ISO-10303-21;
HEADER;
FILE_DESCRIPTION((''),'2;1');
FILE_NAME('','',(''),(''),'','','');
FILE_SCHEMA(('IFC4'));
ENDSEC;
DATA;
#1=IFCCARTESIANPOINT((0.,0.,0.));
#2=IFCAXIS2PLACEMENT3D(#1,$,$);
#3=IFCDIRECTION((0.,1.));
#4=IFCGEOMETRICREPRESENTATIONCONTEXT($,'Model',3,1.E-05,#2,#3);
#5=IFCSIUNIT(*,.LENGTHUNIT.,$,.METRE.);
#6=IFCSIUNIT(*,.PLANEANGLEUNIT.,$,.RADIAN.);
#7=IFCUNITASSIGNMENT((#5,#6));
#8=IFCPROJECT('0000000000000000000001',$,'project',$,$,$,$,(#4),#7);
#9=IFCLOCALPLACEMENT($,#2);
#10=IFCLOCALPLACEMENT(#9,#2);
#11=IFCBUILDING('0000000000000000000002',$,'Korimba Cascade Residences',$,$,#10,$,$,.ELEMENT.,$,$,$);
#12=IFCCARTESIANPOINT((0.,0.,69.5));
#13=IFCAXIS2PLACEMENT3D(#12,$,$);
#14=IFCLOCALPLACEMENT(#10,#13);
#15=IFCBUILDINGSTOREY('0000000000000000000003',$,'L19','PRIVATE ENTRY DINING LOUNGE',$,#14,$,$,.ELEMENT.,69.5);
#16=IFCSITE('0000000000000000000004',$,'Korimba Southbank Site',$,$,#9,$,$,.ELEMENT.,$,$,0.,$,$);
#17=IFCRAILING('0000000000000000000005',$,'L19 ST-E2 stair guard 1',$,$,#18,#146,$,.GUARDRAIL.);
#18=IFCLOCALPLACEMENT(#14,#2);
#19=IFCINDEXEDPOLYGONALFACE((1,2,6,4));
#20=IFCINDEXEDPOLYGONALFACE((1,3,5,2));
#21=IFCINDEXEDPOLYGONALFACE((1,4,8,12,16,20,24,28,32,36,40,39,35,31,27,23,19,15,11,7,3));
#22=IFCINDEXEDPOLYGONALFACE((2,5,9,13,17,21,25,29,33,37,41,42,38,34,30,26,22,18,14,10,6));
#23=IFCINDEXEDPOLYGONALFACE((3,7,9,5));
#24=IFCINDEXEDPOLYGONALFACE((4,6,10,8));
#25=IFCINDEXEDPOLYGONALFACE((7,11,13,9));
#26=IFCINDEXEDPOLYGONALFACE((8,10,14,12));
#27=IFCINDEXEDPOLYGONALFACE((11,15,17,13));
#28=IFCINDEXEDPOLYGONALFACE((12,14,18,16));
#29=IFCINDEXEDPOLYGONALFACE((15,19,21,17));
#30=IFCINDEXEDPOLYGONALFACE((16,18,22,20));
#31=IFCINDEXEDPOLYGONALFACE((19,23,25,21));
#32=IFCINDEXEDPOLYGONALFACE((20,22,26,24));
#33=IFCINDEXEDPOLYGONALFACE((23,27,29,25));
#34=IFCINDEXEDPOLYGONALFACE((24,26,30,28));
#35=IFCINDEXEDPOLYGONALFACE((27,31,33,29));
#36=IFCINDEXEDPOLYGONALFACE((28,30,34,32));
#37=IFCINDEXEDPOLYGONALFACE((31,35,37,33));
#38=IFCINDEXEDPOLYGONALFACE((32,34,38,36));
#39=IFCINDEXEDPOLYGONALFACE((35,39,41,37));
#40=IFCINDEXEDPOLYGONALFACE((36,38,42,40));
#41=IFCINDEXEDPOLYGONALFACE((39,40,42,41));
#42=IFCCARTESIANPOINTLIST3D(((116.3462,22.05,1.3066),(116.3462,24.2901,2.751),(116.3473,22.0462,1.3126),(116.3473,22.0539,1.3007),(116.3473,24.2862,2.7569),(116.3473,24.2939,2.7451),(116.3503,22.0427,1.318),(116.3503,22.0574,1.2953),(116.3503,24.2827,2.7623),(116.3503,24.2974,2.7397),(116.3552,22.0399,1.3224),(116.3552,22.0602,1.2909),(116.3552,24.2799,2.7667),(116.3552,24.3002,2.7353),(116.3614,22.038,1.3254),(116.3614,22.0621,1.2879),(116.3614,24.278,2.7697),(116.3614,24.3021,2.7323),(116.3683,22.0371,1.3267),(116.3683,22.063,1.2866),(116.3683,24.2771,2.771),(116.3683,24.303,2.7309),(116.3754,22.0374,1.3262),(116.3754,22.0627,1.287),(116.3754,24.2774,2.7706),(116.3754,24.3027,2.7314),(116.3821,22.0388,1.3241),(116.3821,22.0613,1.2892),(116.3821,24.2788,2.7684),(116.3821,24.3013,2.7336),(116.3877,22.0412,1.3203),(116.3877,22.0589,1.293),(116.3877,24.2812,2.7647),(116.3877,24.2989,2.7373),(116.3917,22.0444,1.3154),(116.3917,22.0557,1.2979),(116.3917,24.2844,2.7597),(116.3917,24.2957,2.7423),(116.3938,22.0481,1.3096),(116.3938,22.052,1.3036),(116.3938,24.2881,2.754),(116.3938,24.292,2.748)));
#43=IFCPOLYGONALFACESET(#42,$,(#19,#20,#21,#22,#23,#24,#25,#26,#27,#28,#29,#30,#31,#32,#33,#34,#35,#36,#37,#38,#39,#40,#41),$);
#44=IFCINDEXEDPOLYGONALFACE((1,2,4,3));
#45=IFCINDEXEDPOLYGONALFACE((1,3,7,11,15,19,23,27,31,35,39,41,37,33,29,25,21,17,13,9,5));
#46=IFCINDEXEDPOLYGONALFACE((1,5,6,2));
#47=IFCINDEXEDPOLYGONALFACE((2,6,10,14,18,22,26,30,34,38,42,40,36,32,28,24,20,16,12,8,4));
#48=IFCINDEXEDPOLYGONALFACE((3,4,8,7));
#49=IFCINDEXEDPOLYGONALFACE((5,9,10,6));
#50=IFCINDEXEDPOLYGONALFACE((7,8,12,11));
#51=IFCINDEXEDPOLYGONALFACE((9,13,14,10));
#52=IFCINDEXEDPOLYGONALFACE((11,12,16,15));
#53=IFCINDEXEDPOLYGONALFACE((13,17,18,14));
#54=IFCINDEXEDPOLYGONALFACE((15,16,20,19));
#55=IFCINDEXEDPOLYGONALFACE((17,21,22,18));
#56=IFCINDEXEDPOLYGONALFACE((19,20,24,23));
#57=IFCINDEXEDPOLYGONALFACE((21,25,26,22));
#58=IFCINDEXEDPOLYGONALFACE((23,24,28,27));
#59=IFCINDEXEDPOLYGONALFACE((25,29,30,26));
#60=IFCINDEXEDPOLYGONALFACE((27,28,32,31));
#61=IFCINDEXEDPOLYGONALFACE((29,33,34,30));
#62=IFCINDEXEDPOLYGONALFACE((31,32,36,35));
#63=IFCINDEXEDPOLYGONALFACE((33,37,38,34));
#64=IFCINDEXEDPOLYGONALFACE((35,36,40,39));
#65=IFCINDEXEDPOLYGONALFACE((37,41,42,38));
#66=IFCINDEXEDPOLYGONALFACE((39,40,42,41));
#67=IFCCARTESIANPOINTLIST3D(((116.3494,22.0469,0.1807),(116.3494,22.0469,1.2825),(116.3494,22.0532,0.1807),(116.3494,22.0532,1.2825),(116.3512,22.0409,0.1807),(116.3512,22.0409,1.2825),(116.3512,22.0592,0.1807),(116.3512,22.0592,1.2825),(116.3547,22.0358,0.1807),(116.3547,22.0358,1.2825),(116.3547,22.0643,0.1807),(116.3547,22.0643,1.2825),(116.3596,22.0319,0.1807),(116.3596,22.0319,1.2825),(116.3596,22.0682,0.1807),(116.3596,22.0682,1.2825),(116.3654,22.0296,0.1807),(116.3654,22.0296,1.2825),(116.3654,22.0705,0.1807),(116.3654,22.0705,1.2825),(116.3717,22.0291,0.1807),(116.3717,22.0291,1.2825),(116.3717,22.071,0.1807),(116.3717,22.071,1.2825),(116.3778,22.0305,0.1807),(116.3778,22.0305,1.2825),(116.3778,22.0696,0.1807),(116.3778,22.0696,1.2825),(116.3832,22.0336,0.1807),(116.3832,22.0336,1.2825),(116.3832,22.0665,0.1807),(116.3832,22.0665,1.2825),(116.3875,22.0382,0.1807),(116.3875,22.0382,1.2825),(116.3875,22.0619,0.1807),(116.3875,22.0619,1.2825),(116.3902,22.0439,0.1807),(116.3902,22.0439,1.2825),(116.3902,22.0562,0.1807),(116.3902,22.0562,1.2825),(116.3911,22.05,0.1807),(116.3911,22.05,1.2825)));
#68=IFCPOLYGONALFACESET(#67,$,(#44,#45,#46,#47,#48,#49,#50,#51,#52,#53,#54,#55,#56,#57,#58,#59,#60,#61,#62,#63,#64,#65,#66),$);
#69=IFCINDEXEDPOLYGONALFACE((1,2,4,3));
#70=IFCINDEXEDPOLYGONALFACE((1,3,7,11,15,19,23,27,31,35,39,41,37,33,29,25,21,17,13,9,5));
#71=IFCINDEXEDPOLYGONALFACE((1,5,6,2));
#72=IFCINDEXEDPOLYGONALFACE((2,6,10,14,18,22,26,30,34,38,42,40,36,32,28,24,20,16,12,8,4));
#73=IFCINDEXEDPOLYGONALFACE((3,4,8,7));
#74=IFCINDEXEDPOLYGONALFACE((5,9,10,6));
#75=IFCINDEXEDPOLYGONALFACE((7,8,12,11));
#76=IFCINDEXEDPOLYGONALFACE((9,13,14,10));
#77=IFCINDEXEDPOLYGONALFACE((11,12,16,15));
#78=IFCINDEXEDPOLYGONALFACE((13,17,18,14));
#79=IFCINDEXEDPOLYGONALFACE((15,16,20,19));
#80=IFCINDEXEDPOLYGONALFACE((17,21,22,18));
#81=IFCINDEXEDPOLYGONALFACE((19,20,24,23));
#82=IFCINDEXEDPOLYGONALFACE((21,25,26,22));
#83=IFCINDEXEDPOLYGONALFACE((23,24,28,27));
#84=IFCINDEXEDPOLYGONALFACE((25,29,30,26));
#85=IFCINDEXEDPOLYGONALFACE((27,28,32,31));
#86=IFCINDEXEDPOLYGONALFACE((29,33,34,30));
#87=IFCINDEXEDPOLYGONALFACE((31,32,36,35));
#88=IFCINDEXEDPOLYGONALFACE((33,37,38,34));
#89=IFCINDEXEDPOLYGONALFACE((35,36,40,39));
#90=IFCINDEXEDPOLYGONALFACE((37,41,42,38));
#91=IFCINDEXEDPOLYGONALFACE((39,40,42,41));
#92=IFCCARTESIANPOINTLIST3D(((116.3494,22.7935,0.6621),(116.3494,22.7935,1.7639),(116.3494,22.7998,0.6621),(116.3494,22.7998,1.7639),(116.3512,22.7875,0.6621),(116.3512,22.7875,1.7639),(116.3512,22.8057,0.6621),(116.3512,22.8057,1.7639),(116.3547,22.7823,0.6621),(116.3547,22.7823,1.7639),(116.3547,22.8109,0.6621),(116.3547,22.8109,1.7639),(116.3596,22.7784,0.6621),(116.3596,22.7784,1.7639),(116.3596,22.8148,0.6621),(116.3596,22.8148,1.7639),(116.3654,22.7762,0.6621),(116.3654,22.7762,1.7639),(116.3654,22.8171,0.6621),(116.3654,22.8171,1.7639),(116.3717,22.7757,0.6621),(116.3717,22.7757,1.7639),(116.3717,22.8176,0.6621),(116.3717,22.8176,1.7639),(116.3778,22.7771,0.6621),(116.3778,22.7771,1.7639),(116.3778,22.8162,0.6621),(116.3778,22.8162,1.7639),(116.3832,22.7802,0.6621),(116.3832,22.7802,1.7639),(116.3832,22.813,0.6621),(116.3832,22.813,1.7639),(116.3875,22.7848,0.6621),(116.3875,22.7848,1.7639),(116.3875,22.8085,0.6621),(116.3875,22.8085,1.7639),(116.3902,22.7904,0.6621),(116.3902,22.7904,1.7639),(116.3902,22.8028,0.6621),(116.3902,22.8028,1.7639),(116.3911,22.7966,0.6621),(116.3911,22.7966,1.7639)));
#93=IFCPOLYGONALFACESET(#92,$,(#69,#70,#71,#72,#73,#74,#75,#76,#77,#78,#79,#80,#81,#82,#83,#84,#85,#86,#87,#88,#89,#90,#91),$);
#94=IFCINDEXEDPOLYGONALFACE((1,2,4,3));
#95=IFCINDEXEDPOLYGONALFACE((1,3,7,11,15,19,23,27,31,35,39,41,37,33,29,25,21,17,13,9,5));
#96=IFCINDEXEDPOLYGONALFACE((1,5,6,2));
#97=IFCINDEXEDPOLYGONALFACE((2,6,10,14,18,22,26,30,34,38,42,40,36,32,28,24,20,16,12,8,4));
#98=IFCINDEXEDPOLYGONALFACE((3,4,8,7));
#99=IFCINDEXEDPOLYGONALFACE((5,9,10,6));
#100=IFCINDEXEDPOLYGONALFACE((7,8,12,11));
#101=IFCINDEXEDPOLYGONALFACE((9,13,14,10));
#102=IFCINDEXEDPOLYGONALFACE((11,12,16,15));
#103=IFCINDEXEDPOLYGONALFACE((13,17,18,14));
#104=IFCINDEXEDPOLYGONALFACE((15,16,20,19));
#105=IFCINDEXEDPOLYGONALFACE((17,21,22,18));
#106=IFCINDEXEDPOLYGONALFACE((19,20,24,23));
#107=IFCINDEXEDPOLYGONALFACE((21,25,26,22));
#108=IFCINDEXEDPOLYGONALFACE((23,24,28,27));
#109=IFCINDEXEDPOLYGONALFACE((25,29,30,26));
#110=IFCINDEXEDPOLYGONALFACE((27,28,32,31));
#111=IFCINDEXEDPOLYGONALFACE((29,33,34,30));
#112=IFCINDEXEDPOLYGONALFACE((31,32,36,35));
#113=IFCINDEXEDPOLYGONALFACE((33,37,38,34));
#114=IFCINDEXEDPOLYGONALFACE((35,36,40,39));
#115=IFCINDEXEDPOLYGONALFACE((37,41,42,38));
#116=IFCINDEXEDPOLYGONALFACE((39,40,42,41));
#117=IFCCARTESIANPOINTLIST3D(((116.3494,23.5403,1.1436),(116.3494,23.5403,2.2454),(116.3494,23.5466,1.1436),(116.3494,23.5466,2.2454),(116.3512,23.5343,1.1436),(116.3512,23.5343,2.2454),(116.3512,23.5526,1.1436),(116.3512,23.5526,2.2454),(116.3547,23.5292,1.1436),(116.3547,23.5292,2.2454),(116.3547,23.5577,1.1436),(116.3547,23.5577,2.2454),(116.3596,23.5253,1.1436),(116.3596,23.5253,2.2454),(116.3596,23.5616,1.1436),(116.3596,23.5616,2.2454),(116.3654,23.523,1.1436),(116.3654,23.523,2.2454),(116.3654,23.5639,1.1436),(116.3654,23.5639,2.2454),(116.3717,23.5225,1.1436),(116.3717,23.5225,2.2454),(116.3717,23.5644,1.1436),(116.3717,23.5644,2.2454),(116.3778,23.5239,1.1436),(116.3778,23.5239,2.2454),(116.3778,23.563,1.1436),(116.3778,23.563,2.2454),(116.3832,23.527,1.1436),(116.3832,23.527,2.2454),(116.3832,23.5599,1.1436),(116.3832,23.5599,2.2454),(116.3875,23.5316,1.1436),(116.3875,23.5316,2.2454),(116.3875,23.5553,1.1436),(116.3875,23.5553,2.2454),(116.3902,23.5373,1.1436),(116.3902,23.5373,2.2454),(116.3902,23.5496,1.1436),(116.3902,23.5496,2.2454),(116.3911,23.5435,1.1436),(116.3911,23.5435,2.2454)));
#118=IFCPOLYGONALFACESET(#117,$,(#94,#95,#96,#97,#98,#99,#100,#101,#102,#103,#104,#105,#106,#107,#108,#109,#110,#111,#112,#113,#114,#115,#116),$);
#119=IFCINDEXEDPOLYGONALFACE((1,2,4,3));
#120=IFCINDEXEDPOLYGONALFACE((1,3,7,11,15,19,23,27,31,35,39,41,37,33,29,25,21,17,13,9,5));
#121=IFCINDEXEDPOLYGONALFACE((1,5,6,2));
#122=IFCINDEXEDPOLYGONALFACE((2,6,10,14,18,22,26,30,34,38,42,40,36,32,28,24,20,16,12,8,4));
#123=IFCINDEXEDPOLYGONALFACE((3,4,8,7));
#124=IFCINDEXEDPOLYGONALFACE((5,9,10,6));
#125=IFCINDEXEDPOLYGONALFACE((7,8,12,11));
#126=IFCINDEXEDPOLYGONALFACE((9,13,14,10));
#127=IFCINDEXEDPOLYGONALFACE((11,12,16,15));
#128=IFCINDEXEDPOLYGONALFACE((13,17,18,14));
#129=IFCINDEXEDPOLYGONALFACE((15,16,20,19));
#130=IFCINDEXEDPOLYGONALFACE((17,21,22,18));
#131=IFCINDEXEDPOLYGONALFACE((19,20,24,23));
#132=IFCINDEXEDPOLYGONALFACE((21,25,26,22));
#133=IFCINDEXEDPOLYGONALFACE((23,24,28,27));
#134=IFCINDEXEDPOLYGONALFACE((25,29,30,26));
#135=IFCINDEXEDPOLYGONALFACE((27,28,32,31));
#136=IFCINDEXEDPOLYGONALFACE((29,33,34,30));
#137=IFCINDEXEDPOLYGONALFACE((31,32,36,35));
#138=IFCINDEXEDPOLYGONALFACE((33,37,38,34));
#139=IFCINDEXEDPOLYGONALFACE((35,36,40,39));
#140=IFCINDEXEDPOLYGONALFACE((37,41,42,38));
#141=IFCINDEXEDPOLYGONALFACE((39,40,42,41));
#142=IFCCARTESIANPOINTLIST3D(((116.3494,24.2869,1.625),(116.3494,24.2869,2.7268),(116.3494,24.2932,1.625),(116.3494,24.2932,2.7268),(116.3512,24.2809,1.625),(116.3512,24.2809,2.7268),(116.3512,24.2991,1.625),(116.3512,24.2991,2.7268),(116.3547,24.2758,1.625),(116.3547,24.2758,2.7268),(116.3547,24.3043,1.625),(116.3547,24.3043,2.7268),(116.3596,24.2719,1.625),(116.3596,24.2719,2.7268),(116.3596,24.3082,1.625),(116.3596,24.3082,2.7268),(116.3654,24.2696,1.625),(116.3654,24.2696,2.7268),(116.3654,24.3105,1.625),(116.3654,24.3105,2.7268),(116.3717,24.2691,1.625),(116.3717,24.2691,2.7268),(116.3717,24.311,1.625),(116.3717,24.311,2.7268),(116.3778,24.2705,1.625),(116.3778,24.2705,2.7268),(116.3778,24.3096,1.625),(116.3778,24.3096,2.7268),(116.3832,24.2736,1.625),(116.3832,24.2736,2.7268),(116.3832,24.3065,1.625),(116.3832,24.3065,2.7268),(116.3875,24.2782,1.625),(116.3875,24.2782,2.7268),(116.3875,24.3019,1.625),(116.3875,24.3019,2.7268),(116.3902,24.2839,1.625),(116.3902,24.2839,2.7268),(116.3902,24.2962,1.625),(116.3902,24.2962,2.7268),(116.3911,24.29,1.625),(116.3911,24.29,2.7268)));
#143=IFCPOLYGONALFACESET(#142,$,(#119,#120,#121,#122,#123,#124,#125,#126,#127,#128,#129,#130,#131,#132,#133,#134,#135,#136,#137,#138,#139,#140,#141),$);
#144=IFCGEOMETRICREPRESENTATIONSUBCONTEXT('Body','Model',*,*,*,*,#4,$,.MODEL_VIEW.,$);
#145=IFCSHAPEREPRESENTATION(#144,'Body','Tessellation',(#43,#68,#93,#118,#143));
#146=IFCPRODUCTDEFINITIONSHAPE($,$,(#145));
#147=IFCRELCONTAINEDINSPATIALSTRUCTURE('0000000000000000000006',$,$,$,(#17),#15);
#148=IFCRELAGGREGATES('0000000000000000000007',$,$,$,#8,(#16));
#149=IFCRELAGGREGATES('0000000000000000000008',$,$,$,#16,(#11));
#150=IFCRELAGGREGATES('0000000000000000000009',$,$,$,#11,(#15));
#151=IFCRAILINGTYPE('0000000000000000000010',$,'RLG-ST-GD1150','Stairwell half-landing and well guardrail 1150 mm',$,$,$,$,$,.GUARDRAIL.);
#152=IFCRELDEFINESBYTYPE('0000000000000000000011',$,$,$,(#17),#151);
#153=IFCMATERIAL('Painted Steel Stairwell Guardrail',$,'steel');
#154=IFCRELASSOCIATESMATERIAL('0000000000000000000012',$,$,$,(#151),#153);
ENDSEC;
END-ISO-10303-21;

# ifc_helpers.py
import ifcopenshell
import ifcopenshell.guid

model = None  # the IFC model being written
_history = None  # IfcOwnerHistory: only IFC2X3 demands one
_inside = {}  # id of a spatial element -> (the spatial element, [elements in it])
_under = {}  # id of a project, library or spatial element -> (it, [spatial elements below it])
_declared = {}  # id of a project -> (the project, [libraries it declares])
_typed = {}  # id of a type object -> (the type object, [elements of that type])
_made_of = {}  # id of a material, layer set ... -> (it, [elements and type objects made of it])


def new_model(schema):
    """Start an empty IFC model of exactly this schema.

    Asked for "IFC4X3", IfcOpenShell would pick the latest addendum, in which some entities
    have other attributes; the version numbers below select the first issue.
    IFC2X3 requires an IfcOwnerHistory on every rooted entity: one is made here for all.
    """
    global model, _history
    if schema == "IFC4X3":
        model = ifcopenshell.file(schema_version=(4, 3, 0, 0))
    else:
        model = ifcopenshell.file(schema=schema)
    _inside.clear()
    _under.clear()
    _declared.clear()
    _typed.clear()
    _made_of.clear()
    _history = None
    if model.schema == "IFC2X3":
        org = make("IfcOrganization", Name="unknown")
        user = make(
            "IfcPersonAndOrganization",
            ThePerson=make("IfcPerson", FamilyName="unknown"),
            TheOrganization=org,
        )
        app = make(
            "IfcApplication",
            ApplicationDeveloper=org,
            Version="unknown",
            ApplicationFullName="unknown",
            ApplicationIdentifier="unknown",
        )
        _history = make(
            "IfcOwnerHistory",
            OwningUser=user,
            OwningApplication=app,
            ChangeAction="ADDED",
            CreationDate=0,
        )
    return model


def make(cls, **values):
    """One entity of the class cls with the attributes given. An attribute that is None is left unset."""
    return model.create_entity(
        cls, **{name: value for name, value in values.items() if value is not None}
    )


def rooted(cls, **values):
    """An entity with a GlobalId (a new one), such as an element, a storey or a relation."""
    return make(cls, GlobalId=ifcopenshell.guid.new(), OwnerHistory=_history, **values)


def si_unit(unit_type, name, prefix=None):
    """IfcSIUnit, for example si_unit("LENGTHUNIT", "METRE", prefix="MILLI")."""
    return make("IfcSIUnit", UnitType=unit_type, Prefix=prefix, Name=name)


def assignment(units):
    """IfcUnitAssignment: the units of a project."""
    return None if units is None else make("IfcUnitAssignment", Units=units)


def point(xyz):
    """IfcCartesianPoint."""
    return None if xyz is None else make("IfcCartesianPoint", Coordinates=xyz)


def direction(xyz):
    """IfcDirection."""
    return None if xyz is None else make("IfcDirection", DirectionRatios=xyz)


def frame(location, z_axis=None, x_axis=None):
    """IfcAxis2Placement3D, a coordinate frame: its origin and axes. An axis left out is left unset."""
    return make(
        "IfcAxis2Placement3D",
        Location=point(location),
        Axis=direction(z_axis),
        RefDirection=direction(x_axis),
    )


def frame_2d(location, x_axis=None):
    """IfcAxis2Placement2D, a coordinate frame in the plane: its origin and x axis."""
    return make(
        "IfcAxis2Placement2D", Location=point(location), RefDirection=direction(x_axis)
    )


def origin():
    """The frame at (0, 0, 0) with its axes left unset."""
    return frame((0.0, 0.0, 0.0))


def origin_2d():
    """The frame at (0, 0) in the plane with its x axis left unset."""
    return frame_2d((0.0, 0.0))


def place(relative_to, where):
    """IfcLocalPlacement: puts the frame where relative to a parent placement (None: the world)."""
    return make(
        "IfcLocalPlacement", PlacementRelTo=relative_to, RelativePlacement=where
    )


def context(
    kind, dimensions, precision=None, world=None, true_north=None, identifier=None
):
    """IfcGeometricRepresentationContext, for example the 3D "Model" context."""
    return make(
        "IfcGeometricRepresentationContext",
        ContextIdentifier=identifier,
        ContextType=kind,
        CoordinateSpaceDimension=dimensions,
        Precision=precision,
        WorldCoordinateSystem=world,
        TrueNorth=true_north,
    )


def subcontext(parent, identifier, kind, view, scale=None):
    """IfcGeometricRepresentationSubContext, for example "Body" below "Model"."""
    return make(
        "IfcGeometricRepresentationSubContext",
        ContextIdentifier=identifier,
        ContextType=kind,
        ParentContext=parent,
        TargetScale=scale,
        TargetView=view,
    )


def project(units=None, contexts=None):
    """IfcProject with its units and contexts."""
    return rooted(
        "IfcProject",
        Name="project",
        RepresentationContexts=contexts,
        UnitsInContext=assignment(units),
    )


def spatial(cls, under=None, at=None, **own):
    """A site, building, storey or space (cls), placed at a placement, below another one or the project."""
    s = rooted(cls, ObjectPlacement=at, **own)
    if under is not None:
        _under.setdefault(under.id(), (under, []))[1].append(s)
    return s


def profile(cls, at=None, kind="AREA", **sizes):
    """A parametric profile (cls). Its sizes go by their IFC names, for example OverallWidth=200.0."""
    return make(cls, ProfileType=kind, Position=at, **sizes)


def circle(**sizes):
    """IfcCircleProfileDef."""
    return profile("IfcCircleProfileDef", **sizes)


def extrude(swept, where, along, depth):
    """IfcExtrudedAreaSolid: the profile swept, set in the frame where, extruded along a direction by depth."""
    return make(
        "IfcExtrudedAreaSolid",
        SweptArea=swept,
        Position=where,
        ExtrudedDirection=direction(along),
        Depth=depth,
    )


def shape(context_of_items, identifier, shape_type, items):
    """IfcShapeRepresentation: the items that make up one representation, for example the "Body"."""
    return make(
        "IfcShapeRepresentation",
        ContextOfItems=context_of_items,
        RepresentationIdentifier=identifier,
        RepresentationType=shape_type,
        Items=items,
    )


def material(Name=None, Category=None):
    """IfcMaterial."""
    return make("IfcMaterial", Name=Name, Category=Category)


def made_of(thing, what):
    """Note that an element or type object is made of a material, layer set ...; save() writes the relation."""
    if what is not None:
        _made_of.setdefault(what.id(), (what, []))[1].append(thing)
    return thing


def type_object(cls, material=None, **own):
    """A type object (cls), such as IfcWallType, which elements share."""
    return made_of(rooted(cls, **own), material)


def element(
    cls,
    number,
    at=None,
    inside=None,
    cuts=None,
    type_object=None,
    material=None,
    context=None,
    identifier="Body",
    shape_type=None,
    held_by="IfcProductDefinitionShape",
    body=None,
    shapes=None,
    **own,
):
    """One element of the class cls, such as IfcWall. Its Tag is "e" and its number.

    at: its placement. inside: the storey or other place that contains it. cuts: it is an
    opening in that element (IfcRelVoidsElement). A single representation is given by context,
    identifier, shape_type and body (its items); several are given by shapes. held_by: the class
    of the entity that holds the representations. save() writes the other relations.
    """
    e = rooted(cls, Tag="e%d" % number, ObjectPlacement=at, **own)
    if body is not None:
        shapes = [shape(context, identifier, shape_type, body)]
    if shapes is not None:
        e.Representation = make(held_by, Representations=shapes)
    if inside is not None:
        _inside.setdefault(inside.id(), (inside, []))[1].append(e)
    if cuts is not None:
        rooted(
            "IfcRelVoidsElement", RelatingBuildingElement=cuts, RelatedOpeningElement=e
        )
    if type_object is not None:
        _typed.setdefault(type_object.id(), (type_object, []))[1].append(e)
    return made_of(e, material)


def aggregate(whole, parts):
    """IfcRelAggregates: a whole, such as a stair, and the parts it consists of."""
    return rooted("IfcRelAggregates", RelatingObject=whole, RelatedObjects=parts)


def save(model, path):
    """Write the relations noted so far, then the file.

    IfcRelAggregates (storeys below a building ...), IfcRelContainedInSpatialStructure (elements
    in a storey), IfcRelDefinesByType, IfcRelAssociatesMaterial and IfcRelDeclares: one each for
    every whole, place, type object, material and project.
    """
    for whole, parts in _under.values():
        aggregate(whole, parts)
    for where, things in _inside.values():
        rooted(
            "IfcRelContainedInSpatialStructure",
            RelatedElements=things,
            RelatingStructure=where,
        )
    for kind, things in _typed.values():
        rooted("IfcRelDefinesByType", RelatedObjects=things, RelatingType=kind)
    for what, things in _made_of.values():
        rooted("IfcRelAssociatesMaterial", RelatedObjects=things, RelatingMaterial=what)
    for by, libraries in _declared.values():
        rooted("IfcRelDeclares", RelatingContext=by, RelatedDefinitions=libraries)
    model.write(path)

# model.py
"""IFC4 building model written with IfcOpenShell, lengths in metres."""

from ifc_helpers import new_model, si_unit, direction, frame, origin, origin_2d, place, context, subcontext, project, spatial, circle, extrude, material, type_object, element, save


model = new_model("IFC4")

# Units and contexts
model_context = context("Model", 3, precision=1e-05, world=origin(), true_north=direction((0.0, 1.0)))
body_context = subcontext(model_context, "Body", "Model", "MODEL_VIEW")
ifc_project = project(units=[si_unit("LENGTHUNIT", "METRE"), si_unit("PLANEANGLEUNIT", "RADIAN")], contexts=[model_context])

# Site, building, storey
site_placement = place(None, origin())
site = spatial("IfcSite", under=ifc_project, at=site_placement, Name="Korimba Southbank Site", CompositionType="ELEMENT", RefElevation=0.0)
building_placement = place(site_placement, origin())
building = spatial("IfcBuilding", under=site, at=building_placement, Name="Korimba Cascade Residences", CompositionType="ELEMENT")
storey_placement = place(building_placement, frame((0.0, 0.0, 69.5)))
storey = spatial("IfcBuildingStorey", under=building, at=storey_placement, Name="L19", Description="PRIVATE ENTRY DINING LOUNGE", CompositionType="ELEMENT", Elevation=69.5)

# Railing
ifc_material_1 = material(Name="Painted Steel Stairwell Guardrail", Category="steel")
railing_type_1 = type_object("IfcRailingType", Name="RLG-ST-GD1150", Description="Stairwell half-landing and well guardrail 1150 mm", PredefinedType="GUARDRAIL", material=ifc_material_1)
railing_1_placement = place(storey_placement, frame((116.3701, 22.05, 0.1807)))
element("IfcRailing", 1, at=railing_1_placement, inside=storey, type_object=railing_type_1, Name="L19 ST-E2 stair guard 1", PredefinedType="GUARDRAIL", context=body_context, shape_type="SweptSolid", body=[
    extrude(circle(Radius=0.0239, at=origin_2d()), frame((0.0, 0.0, 1.126), z_axis=(0.0, 0.840437, 0.54191), x_axis=(-1.0, 0.0, 0.0)), (0.0, 0.0, 1.0), 2.6653),
    extrude(circle(Radius=0.021, at=origin_2d()), origin(), (0.0, 0.0, 1.0), 1.1018),
    extrude(circle(Radius=0.021, at=origin_2d()), frame((0.0, 0.7466, 0.4814)), (0.0, 0.0, 1.0), 1.1018),
    extrude(circle(Radius=0.021, at=origin_2d()), frame((0.0, 1.4934, 0.9629)), (0.0, 0.0, 1.0), 1.1018),
    extrude(circle(Radius=0.021, at=origin_2d()), frame((0.0, 2.24, 1.4443)), (0.0, 0.0, 1.0), 1.1018),
])

save(model, "model.ifc")
